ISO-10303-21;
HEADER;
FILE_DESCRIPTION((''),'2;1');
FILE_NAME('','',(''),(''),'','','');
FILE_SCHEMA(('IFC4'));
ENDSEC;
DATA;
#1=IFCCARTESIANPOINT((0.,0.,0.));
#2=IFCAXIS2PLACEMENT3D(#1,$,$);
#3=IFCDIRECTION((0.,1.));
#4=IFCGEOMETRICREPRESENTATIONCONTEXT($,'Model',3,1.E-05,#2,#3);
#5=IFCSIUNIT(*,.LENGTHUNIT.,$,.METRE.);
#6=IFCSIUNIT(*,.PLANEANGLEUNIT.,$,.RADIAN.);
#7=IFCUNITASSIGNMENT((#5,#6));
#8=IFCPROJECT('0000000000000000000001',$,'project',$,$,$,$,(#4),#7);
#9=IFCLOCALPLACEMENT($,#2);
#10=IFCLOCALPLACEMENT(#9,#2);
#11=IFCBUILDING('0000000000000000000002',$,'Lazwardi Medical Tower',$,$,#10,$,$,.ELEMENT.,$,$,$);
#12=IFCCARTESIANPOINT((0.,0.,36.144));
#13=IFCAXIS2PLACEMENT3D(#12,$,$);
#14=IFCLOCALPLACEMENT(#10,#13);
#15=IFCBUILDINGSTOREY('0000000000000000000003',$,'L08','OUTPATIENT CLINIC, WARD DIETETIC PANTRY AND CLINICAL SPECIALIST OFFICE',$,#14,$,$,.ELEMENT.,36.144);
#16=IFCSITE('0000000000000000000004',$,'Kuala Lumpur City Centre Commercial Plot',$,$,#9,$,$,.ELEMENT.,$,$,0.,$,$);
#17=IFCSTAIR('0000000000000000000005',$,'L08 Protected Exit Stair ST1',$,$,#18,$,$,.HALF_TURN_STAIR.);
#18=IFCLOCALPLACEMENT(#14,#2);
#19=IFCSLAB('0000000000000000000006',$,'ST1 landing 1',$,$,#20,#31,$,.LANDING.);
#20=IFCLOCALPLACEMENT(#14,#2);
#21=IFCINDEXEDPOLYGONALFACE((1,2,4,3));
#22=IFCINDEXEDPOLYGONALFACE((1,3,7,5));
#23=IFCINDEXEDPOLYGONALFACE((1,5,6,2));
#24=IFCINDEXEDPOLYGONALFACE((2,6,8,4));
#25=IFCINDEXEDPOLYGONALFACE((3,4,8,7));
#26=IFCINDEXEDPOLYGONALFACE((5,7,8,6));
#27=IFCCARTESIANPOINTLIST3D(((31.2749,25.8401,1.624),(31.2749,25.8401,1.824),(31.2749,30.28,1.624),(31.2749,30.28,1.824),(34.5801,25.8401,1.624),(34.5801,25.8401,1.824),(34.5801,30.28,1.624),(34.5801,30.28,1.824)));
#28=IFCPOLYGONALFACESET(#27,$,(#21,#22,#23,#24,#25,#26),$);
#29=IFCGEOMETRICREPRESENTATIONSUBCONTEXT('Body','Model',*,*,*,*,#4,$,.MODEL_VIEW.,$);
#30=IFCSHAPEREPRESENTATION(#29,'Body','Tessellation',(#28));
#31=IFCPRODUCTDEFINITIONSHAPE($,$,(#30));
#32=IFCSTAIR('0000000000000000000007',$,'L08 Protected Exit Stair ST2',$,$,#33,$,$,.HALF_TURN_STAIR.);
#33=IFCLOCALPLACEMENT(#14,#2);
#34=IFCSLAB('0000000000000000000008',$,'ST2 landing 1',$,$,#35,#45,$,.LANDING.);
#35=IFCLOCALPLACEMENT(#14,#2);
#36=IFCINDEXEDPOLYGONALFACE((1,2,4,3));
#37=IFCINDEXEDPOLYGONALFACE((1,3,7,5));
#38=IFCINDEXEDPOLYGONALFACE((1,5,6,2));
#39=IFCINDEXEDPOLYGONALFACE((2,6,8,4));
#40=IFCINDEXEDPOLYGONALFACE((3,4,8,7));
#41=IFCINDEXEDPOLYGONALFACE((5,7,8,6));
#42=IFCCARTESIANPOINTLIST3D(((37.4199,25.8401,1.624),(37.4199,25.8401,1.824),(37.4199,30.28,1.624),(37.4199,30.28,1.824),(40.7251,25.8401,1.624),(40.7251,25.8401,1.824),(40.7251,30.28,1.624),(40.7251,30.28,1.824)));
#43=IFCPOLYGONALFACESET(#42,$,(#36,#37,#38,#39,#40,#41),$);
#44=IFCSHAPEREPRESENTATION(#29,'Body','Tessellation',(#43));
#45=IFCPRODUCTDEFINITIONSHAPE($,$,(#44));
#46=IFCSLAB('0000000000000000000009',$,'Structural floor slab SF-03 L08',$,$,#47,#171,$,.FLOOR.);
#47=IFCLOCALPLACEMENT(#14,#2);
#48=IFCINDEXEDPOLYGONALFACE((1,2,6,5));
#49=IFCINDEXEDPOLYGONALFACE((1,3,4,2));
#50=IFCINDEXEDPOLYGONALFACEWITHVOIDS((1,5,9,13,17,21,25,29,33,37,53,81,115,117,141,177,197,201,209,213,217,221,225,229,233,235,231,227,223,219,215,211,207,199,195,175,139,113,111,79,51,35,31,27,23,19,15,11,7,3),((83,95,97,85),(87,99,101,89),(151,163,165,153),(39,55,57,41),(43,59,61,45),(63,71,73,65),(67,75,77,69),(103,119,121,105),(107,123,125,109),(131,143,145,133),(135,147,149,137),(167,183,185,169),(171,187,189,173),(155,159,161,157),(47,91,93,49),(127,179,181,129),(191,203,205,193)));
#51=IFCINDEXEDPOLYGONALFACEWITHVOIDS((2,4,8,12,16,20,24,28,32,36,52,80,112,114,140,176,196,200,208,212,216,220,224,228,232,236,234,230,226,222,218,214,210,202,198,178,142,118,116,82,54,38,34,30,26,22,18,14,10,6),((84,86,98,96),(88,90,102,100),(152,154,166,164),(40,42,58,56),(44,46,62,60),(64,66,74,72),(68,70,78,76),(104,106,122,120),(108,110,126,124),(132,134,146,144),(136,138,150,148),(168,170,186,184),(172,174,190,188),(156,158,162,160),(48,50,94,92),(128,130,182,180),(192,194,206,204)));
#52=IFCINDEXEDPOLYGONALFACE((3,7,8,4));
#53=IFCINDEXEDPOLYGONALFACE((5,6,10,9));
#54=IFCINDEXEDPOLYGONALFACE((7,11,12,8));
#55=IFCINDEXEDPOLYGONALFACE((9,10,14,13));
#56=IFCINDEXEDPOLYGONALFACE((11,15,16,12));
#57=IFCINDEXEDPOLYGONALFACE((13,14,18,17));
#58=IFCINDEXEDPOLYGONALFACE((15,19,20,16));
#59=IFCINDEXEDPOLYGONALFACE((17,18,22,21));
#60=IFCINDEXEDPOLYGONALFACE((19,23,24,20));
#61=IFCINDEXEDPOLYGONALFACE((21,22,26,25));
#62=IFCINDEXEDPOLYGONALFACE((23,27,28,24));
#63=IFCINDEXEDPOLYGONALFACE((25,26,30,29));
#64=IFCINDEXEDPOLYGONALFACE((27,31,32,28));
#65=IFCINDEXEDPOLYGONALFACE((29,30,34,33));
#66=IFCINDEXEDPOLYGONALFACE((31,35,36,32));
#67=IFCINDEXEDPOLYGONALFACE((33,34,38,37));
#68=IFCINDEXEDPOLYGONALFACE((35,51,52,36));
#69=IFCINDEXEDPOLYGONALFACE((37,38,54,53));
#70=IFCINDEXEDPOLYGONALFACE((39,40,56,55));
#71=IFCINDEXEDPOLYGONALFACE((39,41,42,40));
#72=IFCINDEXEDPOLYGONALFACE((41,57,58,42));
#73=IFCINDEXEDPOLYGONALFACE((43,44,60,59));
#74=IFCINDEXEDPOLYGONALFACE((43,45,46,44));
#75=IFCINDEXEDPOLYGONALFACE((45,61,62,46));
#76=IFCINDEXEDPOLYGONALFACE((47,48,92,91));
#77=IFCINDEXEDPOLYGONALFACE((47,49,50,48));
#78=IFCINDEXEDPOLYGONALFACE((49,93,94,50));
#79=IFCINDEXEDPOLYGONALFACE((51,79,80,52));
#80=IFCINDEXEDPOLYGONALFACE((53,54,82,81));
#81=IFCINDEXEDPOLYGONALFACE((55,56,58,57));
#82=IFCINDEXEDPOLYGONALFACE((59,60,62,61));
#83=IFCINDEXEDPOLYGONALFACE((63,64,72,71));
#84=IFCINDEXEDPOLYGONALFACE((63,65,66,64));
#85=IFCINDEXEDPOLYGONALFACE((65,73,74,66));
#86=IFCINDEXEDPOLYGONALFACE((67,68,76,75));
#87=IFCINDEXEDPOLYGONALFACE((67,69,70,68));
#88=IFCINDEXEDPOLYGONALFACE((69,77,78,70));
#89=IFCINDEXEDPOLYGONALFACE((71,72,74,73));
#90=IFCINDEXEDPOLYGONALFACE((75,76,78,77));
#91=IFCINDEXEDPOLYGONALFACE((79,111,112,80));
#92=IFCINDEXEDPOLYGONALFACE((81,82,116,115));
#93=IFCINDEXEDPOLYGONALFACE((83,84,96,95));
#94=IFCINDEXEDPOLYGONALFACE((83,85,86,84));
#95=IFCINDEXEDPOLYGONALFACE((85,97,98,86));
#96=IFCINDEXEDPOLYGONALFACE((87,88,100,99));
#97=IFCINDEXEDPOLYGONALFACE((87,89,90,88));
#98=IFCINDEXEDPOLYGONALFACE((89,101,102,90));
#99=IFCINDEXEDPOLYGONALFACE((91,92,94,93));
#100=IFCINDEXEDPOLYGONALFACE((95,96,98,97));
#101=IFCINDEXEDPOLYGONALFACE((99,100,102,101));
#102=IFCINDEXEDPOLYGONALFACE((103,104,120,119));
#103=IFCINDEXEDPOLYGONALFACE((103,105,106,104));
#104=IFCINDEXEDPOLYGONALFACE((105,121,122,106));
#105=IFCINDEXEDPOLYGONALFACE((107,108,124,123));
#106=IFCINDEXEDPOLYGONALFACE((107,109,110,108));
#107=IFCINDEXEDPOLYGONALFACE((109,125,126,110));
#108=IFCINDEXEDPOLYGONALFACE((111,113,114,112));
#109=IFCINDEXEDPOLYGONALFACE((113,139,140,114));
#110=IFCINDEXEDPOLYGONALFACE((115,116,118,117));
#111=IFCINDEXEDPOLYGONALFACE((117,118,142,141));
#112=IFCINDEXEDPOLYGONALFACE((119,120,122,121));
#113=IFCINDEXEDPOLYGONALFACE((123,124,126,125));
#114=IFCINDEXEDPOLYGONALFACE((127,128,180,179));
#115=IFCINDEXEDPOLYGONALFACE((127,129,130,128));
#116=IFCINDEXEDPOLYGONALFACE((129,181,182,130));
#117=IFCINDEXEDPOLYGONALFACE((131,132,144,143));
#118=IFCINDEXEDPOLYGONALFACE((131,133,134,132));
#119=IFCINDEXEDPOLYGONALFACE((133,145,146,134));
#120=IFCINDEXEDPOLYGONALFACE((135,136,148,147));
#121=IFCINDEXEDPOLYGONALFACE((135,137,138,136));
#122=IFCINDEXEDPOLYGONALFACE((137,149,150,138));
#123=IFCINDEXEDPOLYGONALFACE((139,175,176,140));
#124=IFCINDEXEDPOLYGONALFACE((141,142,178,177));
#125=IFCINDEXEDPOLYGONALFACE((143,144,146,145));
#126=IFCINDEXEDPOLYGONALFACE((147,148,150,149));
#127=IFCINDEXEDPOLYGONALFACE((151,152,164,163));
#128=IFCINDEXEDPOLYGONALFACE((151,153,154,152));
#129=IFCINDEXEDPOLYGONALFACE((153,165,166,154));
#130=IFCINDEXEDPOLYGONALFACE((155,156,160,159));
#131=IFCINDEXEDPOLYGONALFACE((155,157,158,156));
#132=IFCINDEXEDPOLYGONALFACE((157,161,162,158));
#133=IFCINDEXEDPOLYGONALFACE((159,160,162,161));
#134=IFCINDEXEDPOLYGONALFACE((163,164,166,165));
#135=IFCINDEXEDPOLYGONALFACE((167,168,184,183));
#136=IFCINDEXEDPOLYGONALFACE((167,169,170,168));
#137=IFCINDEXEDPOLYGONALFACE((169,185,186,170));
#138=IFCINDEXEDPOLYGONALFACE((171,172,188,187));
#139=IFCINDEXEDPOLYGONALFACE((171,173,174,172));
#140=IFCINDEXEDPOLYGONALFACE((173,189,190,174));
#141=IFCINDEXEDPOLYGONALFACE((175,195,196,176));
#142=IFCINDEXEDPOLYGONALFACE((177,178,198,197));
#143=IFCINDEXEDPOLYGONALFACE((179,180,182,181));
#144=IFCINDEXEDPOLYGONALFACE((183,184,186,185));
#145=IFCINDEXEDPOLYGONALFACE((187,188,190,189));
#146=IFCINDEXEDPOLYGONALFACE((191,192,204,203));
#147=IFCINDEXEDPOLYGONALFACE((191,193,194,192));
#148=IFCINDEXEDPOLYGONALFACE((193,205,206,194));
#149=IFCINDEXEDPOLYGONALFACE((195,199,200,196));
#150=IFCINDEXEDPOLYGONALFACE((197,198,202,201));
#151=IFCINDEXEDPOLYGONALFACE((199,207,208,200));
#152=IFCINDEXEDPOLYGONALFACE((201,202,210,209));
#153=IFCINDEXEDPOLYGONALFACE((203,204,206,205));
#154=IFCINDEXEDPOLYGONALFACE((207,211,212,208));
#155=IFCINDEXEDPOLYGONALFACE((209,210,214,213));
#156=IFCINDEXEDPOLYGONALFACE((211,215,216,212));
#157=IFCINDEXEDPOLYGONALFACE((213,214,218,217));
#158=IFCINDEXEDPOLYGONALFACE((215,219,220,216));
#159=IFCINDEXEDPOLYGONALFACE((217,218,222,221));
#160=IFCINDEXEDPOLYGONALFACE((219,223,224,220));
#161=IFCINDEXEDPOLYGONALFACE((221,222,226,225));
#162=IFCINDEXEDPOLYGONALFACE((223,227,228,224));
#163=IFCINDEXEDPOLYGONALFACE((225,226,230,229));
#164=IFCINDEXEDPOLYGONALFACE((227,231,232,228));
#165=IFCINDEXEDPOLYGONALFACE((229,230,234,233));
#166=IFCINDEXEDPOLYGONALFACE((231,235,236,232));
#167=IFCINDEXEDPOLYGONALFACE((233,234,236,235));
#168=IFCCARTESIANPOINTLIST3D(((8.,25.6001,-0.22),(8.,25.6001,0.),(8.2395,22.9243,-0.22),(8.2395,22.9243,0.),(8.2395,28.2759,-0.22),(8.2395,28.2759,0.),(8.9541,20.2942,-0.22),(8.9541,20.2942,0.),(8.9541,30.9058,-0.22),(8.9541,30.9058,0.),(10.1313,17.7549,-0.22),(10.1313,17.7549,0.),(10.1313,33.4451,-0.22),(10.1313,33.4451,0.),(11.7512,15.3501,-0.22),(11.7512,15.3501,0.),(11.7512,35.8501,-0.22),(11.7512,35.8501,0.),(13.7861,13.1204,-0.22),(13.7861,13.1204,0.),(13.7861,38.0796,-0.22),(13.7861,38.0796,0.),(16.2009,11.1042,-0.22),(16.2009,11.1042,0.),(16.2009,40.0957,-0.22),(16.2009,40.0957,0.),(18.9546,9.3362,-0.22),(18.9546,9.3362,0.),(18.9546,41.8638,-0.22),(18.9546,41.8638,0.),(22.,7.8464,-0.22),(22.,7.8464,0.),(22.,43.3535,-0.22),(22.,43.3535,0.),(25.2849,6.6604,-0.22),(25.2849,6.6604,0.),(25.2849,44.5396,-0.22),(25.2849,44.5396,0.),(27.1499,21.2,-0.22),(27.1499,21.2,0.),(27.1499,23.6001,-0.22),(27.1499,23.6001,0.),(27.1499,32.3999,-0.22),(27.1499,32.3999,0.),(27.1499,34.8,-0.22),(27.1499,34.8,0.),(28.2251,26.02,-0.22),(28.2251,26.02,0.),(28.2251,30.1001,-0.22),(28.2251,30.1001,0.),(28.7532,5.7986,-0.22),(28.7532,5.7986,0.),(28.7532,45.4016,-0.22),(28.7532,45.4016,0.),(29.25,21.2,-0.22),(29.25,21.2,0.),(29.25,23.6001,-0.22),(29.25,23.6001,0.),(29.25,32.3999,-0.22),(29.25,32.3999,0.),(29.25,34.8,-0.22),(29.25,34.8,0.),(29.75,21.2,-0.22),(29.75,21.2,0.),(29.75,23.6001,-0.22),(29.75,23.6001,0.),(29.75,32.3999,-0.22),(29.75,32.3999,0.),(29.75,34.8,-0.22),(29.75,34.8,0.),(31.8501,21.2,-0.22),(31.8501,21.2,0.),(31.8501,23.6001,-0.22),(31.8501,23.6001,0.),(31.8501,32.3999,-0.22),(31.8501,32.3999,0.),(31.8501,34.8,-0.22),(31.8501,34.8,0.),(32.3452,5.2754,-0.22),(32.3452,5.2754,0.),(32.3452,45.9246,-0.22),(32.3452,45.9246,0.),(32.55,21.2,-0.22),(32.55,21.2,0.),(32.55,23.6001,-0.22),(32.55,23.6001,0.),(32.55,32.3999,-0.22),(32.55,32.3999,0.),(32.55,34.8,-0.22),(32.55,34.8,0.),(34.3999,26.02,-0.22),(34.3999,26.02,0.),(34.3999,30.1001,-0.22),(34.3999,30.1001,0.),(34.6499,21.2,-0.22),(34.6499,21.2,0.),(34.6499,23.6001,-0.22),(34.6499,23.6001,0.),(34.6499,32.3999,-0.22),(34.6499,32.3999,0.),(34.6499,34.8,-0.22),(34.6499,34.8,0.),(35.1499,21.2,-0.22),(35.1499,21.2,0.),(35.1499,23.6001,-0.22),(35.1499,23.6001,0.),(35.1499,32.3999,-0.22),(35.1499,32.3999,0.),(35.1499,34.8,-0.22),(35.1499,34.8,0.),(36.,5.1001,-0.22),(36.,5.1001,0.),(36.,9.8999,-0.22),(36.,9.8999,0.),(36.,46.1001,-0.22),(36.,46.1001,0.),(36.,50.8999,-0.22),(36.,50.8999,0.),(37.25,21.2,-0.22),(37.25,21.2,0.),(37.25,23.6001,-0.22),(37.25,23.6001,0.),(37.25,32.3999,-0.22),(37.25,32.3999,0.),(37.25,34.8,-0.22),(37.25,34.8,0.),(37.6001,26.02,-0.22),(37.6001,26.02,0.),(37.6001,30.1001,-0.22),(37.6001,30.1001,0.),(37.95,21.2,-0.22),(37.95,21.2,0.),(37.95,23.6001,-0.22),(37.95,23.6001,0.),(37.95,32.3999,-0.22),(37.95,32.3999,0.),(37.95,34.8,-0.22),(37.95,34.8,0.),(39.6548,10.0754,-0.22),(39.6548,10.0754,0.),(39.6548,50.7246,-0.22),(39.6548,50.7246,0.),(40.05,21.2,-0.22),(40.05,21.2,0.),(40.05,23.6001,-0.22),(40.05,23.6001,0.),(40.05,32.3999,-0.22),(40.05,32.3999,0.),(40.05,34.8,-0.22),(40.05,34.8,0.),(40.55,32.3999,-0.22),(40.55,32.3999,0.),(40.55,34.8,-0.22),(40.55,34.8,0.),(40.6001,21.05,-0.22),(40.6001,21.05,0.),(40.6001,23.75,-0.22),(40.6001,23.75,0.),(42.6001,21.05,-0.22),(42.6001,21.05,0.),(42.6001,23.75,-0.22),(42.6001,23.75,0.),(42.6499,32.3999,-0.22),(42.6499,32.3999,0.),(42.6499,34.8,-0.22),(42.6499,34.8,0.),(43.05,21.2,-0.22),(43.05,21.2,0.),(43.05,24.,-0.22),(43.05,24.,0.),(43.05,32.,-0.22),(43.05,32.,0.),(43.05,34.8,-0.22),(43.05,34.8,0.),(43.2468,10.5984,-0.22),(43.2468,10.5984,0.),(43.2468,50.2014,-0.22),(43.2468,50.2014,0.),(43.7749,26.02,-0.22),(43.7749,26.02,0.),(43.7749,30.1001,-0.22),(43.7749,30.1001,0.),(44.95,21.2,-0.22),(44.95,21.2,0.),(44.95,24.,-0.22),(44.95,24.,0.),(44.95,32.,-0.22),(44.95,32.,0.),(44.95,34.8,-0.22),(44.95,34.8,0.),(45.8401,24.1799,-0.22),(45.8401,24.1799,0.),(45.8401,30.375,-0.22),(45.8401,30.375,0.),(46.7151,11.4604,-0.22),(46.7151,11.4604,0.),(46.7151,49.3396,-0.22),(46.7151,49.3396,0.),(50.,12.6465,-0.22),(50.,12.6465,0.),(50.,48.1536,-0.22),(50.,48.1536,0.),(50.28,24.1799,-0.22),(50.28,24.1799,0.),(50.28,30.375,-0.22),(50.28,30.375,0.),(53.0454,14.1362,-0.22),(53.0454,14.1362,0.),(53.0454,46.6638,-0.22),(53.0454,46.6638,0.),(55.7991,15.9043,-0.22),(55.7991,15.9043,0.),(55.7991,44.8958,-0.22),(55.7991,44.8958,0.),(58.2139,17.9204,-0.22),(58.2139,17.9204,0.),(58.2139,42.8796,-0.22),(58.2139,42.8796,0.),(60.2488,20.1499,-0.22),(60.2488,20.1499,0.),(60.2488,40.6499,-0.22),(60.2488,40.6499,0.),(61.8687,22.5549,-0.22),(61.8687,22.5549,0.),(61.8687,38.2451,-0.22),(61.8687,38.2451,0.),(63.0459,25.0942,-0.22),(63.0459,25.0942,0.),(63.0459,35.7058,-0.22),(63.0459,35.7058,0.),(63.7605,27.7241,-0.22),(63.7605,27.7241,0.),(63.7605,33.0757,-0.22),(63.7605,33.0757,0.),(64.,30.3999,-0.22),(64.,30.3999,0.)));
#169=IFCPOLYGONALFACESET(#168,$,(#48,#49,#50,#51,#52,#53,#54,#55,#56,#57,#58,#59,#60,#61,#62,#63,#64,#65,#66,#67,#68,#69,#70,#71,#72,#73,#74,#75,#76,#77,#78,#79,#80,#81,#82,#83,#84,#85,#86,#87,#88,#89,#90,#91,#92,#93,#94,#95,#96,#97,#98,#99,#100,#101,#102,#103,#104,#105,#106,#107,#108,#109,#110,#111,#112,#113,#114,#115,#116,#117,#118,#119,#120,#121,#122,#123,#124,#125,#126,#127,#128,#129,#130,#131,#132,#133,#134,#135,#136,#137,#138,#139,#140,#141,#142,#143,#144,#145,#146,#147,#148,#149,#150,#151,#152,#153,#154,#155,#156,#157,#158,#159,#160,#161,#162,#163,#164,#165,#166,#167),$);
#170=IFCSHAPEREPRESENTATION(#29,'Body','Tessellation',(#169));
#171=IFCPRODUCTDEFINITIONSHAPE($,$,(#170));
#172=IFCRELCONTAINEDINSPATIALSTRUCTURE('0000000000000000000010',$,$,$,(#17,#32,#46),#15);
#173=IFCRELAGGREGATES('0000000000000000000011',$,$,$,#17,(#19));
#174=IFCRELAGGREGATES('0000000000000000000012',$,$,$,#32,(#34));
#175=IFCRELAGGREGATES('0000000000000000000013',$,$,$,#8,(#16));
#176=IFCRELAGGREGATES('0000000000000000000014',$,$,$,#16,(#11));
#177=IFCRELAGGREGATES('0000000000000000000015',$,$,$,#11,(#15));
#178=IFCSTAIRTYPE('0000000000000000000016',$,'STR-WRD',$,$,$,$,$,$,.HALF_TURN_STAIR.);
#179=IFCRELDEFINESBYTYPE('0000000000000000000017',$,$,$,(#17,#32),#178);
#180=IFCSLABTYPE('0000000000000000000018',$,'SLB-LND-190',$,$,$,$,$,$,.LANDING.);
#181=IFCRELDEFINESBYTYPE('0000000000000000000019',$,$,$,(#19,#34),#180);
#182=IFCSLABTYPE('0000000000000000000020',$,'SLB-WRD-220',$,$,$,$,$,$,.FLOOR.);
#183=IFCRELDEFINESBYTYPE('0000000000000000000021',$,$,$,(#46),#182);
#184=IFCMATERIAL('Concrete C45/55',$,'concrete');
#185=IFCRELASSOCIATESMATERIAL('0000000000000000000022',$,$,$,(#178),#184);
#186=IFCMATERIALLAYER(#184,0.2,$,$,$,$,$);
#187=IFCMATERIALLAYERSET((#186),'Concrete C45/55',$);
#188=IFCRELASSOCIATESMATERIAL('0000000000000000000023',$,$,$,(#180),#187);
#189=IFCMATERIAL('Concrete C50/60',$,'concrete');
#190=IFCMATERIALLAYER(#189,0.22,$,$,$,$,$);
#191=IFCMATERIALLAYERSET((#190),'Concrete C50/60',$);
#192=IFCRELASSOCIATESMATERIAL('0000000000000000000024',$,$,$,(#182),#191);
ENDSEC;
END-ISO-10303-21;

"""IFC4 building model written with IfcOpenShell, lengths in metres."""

from ifc_helpers import new_model, si_unit, direction, frame, origin, place, context, subcontext, project, spatial, polyline, outline, extrude, material, layer, layer_set, type_object, element, aggregate, save


model = new_model("IFC4")

# Units and contexts
model_context = context("Model", 3, precision=1e-05, world=origin(), true_north=direction((0.0, 1.0)))
body_context = subcontext(model_context, "Body", "Model", "MODEL_VIEW")
ifc_project = project(units=[si_unit("LENGTHUNIT", "METRE"), si_unit("PLANEANGLEUNIT", "RADIAN")], contexts=[model_context])

# Site, building, storey
site_placement = place(None, origin())
site = spatial("IfcSite", under=ifc_project, at=site_placement, Name="Kuala Lumpur City Centre Commercial Plot", CompositionType="ELEMENT", RefElevation=0.0)
building_placement = place(site_placement, origin())
building = spatial("IfcBuilding", under=site, at=building_placement, Name="Lazwardi Medical Tower", CompositionType="ELEMENT")
storey_placement = place(building_placement, frame((0.0, 0.0, 36.144)))
storey = spatial("IfcBuildingStorey", under=building, at=storey_placement, Name="L08", Description="OUTPATIENT CLINIC, WARD DIETETIC PANTRY AND CLINICAL SPECIALIST OFFICE", CompositionType="ELEMENT", Elevation=36.144)

# Stairs, slabs
ifc_material_1 = material(Name="Concrete C45/55", Category="concrete")
stair_type = type_object("IfcStairType", Name="STR-WRD", PredefinedType="HALF_TURN_STAIR", material=ifc_material_1)
stair_1_placement = place(storey_placement, origin())
stair_1 = element("IfcStair", 1, at=stair_1_placement, inside=storey, type_object=stair_type, Name="L08 Protected Exit Stair ST1", PredefinedType="HALF_TURN_STAIR")
ifc_layer_1 = layer(ifc_material_1, 0.2)
ifc_layer_set_1 = layer_set([ifc_layer_1], Name="Concrete C45/55")
slab_type_1 = type_object("IfcSlabType", Name="SLB-LND-190", PredefinedType="LANDING", material=ifc_layer_set_1)
slab_1_placement = place(storey_placement, frame((0.0, 0.0, 1.624)))
slab_1 = element("IfcSlab", 2, at=slab_1_placement, type_object=slab_type_1, Name="ST1 landing 1", PredefinedType="LANDING", context=body_context, shape_type="SweptSolid", body=[
    extrude(outline(polyline([(31.2749, 25.8401), (34.5801, 25.8401), (34.5801, 30.28), (31.2749, 30.28), (31.2749, 25.8401)])), origin(), (0.0, 0.0, 1.0), 0.2),
])
aggregate(stair_1, [slab_1])
stair_2_placement = place(storey_placement, origin())
stair_2 = element("IfcStair", 3, at=stair_2_placement, inside=storey, type_object=stair_type, Name="L08 Protected Exit Stair ST2", PredefinedType="HALF_TURN_STAIR")
slab_2_placement = place(storey_placement, frame((0.0, 0.0, 1.624)))
slab_2 = element("IfcSlab", 4, at=slab_2_placement, type_object=slab_type_1, Name="ST2 landing 1", PredefinedType="LANDING", context=body_context, shape_type="SweptSolid", body=[
    extrude(outline(polyline([(40.7251, 30.28), (37.4199, 30.28), (37.4199, 25.8401), (40.7251, 25.8401), (40.7251, 30.28)])), origin(), (0.0, 0.0, 1.0), 0.2),
])
aggregate(stair_2, [slab_2])

# Slab
ifc_material_2 = material(Name="Concrete C50/60", Category="concrete")
ifc_layer_2 = layer(ifc_material_2, 0.22)
ifc_layer_set_2 = layer_set([ifc_layer_2], Name="Concrete C50/60")
slab_type_2 = type_object("IfcSlabType", Name="SLB-WRD-220", PredefinedType="FLOOR", material=ifc_layer_set_2)
slab_3_placement = place(storey_placement, frame((0.0, 0.0, -0.22)))
element("IfcSlab", 5, at=slab_3_placement, inside=storey, type_object=slab_type_2, Name="Structural floor slab SF-03 L08", PredefinedType="FLOOR", context=body_context, shape_type="SweptSolid", body=[
    extrude(outline(polyline([(10.1313, 33.4451), (8.9541, 30.9058), (8.2395, 28.2759), (8.0, 25.6001), (8.2395, 22.9243), (8.9541, 20.2942), (10.1313, 17.7549), (11.7512, 15.3501), (13.7861, 13.1204), (16.2009, 11.1042), (18.9546, 9.3362), (22.0, 7.8464), (25.2849, 6.6604), (28.7532, 5.7986), (32.3452, 5.2754), (36.0, 5.1001), (36.0, 9.8999), (39.6548, 10.0754), (43.2468, 10.5984), (46.7151, 11.4604), (50.0, 12.6465), (53.0454, 14.1362), (55.7991, 15.9043), (58.2139, 17.9204), (60.2488, 20.1499), (61.8687, 22.5549), (63.0459, 25.0942), (63.7605, 27.7241), (64.0, 30.3999), (63.7605, 33.0757), (63.0459, 35.7058), (61.8687, 38.2451), (60.2488, 40.6499), (58.2139, 42.8796), (55.7991, 44.8958), (53.0454, 46.6638), (50.0, 48.1536), (46.7151, 49.3396), (43.2468, 50.2014), (39.6548, 50.7246), (36.0, 50.8999), (36.0, 46.1001), (32.3452, 45.9246), (28.7532, 45.4016), (25.2849, 44.5396), (22.0, 43.3535), (18.9546, 41.8638), (16.2009, 40.0957), (13.7861, 38.0796), (11.7512, 35.8501), (10.1313, 33.4451)]), holes=[polyline([(28.2251, 26.02), (28.2251, 30.1001), (34.3999, 30.1001), (34.3999, 26.02), (28.2251, 26.02)]), polyline([(37.6001, 30.1001), (43.7749, 30.1001), (43.7749, 26.02), (37.6001, 26.02), (37.6001, 30.1001)]), polyline([(50.28, 30.375), (50.28, 24.1799), (45.8401, 24.1799), (45.8401, 30.375), (50.28, 30.375)]), polyline([(29.25, 32.3999), (27.1499, 32.3999), (27.1499, 34.8), (29.25, 34.8), (29.25, 32.3999)]), polyline([(29.75, 32.3999), (29.75, 34.8), (31.8501, 34.8), (31.8501, 32.3999), (29.75, 32.3999)]), polyline([(27.1499, 23.6001), (29.25, 23.6001), (29.25, 21.2), (27.1499, 21.2), (27.1499, 23.6001)]), polyline([(31.8501, 23.6001), (31.8501, 21.2), (29.75, 21.2), (29.75, 23.6001), (31.8501, 23.6001)]), polyline([(34.6499, 32.3999), (32.55, 32.3999), (32.55, 34.8), (34.6499, 34.8), (34.6499, 32.3999)]), polyline([(35.1499, 32.3999), (35.1499, 34.8), (37.25, 34.8), (37.25, 32.3999), (35.1499, 32.3999)]), polyline([(32.55, 23.6001), (34.6499, 23.6001), (34.6499, 21.2), (32.55, 21.2), (32.55, 23.6001)]), polyline([(37.25, 23.6001), (37.25, 21.2), (35.1499, 21.2), (35.1499, 23.6001), (37.25, 23.6001)]), polyline([(40.05, 32.3999), (37.95, 32.3999), (37.95, 34.8), (40.05, 34.8), (40.05, 32.3999)]), polyline([(40.55, 32.3999), (40.55, 34.8), (42.6499, 34.8), (42.6499, 32.3999), (40.55, 32.3999)]), polyline([(37.95, 23.6001), (40.05, 23.6001), (40.05, 21.2), (37.95, 21.2), (37.95, 23.6001)]), polyline([(44.95, 34.8), (44.95, 32.0), (43.05, 32.0), (43.05, 34.8), (44.95, 34.8)]), polyline([(44.95, 21.2), (43.05, 21.2), (43.05, 24.0), (44.95, 24.0), (44.95, 21.2)]), polyline([(40.6001, 21.05), (40.6001, 23.75), (42.6001, 23.75), (42.6001, 21.05), (40.6001, 21.05)])]), origin(), (0.0, 0.0, 1.0), 0.22),
])

save(model, "model.ifc")
